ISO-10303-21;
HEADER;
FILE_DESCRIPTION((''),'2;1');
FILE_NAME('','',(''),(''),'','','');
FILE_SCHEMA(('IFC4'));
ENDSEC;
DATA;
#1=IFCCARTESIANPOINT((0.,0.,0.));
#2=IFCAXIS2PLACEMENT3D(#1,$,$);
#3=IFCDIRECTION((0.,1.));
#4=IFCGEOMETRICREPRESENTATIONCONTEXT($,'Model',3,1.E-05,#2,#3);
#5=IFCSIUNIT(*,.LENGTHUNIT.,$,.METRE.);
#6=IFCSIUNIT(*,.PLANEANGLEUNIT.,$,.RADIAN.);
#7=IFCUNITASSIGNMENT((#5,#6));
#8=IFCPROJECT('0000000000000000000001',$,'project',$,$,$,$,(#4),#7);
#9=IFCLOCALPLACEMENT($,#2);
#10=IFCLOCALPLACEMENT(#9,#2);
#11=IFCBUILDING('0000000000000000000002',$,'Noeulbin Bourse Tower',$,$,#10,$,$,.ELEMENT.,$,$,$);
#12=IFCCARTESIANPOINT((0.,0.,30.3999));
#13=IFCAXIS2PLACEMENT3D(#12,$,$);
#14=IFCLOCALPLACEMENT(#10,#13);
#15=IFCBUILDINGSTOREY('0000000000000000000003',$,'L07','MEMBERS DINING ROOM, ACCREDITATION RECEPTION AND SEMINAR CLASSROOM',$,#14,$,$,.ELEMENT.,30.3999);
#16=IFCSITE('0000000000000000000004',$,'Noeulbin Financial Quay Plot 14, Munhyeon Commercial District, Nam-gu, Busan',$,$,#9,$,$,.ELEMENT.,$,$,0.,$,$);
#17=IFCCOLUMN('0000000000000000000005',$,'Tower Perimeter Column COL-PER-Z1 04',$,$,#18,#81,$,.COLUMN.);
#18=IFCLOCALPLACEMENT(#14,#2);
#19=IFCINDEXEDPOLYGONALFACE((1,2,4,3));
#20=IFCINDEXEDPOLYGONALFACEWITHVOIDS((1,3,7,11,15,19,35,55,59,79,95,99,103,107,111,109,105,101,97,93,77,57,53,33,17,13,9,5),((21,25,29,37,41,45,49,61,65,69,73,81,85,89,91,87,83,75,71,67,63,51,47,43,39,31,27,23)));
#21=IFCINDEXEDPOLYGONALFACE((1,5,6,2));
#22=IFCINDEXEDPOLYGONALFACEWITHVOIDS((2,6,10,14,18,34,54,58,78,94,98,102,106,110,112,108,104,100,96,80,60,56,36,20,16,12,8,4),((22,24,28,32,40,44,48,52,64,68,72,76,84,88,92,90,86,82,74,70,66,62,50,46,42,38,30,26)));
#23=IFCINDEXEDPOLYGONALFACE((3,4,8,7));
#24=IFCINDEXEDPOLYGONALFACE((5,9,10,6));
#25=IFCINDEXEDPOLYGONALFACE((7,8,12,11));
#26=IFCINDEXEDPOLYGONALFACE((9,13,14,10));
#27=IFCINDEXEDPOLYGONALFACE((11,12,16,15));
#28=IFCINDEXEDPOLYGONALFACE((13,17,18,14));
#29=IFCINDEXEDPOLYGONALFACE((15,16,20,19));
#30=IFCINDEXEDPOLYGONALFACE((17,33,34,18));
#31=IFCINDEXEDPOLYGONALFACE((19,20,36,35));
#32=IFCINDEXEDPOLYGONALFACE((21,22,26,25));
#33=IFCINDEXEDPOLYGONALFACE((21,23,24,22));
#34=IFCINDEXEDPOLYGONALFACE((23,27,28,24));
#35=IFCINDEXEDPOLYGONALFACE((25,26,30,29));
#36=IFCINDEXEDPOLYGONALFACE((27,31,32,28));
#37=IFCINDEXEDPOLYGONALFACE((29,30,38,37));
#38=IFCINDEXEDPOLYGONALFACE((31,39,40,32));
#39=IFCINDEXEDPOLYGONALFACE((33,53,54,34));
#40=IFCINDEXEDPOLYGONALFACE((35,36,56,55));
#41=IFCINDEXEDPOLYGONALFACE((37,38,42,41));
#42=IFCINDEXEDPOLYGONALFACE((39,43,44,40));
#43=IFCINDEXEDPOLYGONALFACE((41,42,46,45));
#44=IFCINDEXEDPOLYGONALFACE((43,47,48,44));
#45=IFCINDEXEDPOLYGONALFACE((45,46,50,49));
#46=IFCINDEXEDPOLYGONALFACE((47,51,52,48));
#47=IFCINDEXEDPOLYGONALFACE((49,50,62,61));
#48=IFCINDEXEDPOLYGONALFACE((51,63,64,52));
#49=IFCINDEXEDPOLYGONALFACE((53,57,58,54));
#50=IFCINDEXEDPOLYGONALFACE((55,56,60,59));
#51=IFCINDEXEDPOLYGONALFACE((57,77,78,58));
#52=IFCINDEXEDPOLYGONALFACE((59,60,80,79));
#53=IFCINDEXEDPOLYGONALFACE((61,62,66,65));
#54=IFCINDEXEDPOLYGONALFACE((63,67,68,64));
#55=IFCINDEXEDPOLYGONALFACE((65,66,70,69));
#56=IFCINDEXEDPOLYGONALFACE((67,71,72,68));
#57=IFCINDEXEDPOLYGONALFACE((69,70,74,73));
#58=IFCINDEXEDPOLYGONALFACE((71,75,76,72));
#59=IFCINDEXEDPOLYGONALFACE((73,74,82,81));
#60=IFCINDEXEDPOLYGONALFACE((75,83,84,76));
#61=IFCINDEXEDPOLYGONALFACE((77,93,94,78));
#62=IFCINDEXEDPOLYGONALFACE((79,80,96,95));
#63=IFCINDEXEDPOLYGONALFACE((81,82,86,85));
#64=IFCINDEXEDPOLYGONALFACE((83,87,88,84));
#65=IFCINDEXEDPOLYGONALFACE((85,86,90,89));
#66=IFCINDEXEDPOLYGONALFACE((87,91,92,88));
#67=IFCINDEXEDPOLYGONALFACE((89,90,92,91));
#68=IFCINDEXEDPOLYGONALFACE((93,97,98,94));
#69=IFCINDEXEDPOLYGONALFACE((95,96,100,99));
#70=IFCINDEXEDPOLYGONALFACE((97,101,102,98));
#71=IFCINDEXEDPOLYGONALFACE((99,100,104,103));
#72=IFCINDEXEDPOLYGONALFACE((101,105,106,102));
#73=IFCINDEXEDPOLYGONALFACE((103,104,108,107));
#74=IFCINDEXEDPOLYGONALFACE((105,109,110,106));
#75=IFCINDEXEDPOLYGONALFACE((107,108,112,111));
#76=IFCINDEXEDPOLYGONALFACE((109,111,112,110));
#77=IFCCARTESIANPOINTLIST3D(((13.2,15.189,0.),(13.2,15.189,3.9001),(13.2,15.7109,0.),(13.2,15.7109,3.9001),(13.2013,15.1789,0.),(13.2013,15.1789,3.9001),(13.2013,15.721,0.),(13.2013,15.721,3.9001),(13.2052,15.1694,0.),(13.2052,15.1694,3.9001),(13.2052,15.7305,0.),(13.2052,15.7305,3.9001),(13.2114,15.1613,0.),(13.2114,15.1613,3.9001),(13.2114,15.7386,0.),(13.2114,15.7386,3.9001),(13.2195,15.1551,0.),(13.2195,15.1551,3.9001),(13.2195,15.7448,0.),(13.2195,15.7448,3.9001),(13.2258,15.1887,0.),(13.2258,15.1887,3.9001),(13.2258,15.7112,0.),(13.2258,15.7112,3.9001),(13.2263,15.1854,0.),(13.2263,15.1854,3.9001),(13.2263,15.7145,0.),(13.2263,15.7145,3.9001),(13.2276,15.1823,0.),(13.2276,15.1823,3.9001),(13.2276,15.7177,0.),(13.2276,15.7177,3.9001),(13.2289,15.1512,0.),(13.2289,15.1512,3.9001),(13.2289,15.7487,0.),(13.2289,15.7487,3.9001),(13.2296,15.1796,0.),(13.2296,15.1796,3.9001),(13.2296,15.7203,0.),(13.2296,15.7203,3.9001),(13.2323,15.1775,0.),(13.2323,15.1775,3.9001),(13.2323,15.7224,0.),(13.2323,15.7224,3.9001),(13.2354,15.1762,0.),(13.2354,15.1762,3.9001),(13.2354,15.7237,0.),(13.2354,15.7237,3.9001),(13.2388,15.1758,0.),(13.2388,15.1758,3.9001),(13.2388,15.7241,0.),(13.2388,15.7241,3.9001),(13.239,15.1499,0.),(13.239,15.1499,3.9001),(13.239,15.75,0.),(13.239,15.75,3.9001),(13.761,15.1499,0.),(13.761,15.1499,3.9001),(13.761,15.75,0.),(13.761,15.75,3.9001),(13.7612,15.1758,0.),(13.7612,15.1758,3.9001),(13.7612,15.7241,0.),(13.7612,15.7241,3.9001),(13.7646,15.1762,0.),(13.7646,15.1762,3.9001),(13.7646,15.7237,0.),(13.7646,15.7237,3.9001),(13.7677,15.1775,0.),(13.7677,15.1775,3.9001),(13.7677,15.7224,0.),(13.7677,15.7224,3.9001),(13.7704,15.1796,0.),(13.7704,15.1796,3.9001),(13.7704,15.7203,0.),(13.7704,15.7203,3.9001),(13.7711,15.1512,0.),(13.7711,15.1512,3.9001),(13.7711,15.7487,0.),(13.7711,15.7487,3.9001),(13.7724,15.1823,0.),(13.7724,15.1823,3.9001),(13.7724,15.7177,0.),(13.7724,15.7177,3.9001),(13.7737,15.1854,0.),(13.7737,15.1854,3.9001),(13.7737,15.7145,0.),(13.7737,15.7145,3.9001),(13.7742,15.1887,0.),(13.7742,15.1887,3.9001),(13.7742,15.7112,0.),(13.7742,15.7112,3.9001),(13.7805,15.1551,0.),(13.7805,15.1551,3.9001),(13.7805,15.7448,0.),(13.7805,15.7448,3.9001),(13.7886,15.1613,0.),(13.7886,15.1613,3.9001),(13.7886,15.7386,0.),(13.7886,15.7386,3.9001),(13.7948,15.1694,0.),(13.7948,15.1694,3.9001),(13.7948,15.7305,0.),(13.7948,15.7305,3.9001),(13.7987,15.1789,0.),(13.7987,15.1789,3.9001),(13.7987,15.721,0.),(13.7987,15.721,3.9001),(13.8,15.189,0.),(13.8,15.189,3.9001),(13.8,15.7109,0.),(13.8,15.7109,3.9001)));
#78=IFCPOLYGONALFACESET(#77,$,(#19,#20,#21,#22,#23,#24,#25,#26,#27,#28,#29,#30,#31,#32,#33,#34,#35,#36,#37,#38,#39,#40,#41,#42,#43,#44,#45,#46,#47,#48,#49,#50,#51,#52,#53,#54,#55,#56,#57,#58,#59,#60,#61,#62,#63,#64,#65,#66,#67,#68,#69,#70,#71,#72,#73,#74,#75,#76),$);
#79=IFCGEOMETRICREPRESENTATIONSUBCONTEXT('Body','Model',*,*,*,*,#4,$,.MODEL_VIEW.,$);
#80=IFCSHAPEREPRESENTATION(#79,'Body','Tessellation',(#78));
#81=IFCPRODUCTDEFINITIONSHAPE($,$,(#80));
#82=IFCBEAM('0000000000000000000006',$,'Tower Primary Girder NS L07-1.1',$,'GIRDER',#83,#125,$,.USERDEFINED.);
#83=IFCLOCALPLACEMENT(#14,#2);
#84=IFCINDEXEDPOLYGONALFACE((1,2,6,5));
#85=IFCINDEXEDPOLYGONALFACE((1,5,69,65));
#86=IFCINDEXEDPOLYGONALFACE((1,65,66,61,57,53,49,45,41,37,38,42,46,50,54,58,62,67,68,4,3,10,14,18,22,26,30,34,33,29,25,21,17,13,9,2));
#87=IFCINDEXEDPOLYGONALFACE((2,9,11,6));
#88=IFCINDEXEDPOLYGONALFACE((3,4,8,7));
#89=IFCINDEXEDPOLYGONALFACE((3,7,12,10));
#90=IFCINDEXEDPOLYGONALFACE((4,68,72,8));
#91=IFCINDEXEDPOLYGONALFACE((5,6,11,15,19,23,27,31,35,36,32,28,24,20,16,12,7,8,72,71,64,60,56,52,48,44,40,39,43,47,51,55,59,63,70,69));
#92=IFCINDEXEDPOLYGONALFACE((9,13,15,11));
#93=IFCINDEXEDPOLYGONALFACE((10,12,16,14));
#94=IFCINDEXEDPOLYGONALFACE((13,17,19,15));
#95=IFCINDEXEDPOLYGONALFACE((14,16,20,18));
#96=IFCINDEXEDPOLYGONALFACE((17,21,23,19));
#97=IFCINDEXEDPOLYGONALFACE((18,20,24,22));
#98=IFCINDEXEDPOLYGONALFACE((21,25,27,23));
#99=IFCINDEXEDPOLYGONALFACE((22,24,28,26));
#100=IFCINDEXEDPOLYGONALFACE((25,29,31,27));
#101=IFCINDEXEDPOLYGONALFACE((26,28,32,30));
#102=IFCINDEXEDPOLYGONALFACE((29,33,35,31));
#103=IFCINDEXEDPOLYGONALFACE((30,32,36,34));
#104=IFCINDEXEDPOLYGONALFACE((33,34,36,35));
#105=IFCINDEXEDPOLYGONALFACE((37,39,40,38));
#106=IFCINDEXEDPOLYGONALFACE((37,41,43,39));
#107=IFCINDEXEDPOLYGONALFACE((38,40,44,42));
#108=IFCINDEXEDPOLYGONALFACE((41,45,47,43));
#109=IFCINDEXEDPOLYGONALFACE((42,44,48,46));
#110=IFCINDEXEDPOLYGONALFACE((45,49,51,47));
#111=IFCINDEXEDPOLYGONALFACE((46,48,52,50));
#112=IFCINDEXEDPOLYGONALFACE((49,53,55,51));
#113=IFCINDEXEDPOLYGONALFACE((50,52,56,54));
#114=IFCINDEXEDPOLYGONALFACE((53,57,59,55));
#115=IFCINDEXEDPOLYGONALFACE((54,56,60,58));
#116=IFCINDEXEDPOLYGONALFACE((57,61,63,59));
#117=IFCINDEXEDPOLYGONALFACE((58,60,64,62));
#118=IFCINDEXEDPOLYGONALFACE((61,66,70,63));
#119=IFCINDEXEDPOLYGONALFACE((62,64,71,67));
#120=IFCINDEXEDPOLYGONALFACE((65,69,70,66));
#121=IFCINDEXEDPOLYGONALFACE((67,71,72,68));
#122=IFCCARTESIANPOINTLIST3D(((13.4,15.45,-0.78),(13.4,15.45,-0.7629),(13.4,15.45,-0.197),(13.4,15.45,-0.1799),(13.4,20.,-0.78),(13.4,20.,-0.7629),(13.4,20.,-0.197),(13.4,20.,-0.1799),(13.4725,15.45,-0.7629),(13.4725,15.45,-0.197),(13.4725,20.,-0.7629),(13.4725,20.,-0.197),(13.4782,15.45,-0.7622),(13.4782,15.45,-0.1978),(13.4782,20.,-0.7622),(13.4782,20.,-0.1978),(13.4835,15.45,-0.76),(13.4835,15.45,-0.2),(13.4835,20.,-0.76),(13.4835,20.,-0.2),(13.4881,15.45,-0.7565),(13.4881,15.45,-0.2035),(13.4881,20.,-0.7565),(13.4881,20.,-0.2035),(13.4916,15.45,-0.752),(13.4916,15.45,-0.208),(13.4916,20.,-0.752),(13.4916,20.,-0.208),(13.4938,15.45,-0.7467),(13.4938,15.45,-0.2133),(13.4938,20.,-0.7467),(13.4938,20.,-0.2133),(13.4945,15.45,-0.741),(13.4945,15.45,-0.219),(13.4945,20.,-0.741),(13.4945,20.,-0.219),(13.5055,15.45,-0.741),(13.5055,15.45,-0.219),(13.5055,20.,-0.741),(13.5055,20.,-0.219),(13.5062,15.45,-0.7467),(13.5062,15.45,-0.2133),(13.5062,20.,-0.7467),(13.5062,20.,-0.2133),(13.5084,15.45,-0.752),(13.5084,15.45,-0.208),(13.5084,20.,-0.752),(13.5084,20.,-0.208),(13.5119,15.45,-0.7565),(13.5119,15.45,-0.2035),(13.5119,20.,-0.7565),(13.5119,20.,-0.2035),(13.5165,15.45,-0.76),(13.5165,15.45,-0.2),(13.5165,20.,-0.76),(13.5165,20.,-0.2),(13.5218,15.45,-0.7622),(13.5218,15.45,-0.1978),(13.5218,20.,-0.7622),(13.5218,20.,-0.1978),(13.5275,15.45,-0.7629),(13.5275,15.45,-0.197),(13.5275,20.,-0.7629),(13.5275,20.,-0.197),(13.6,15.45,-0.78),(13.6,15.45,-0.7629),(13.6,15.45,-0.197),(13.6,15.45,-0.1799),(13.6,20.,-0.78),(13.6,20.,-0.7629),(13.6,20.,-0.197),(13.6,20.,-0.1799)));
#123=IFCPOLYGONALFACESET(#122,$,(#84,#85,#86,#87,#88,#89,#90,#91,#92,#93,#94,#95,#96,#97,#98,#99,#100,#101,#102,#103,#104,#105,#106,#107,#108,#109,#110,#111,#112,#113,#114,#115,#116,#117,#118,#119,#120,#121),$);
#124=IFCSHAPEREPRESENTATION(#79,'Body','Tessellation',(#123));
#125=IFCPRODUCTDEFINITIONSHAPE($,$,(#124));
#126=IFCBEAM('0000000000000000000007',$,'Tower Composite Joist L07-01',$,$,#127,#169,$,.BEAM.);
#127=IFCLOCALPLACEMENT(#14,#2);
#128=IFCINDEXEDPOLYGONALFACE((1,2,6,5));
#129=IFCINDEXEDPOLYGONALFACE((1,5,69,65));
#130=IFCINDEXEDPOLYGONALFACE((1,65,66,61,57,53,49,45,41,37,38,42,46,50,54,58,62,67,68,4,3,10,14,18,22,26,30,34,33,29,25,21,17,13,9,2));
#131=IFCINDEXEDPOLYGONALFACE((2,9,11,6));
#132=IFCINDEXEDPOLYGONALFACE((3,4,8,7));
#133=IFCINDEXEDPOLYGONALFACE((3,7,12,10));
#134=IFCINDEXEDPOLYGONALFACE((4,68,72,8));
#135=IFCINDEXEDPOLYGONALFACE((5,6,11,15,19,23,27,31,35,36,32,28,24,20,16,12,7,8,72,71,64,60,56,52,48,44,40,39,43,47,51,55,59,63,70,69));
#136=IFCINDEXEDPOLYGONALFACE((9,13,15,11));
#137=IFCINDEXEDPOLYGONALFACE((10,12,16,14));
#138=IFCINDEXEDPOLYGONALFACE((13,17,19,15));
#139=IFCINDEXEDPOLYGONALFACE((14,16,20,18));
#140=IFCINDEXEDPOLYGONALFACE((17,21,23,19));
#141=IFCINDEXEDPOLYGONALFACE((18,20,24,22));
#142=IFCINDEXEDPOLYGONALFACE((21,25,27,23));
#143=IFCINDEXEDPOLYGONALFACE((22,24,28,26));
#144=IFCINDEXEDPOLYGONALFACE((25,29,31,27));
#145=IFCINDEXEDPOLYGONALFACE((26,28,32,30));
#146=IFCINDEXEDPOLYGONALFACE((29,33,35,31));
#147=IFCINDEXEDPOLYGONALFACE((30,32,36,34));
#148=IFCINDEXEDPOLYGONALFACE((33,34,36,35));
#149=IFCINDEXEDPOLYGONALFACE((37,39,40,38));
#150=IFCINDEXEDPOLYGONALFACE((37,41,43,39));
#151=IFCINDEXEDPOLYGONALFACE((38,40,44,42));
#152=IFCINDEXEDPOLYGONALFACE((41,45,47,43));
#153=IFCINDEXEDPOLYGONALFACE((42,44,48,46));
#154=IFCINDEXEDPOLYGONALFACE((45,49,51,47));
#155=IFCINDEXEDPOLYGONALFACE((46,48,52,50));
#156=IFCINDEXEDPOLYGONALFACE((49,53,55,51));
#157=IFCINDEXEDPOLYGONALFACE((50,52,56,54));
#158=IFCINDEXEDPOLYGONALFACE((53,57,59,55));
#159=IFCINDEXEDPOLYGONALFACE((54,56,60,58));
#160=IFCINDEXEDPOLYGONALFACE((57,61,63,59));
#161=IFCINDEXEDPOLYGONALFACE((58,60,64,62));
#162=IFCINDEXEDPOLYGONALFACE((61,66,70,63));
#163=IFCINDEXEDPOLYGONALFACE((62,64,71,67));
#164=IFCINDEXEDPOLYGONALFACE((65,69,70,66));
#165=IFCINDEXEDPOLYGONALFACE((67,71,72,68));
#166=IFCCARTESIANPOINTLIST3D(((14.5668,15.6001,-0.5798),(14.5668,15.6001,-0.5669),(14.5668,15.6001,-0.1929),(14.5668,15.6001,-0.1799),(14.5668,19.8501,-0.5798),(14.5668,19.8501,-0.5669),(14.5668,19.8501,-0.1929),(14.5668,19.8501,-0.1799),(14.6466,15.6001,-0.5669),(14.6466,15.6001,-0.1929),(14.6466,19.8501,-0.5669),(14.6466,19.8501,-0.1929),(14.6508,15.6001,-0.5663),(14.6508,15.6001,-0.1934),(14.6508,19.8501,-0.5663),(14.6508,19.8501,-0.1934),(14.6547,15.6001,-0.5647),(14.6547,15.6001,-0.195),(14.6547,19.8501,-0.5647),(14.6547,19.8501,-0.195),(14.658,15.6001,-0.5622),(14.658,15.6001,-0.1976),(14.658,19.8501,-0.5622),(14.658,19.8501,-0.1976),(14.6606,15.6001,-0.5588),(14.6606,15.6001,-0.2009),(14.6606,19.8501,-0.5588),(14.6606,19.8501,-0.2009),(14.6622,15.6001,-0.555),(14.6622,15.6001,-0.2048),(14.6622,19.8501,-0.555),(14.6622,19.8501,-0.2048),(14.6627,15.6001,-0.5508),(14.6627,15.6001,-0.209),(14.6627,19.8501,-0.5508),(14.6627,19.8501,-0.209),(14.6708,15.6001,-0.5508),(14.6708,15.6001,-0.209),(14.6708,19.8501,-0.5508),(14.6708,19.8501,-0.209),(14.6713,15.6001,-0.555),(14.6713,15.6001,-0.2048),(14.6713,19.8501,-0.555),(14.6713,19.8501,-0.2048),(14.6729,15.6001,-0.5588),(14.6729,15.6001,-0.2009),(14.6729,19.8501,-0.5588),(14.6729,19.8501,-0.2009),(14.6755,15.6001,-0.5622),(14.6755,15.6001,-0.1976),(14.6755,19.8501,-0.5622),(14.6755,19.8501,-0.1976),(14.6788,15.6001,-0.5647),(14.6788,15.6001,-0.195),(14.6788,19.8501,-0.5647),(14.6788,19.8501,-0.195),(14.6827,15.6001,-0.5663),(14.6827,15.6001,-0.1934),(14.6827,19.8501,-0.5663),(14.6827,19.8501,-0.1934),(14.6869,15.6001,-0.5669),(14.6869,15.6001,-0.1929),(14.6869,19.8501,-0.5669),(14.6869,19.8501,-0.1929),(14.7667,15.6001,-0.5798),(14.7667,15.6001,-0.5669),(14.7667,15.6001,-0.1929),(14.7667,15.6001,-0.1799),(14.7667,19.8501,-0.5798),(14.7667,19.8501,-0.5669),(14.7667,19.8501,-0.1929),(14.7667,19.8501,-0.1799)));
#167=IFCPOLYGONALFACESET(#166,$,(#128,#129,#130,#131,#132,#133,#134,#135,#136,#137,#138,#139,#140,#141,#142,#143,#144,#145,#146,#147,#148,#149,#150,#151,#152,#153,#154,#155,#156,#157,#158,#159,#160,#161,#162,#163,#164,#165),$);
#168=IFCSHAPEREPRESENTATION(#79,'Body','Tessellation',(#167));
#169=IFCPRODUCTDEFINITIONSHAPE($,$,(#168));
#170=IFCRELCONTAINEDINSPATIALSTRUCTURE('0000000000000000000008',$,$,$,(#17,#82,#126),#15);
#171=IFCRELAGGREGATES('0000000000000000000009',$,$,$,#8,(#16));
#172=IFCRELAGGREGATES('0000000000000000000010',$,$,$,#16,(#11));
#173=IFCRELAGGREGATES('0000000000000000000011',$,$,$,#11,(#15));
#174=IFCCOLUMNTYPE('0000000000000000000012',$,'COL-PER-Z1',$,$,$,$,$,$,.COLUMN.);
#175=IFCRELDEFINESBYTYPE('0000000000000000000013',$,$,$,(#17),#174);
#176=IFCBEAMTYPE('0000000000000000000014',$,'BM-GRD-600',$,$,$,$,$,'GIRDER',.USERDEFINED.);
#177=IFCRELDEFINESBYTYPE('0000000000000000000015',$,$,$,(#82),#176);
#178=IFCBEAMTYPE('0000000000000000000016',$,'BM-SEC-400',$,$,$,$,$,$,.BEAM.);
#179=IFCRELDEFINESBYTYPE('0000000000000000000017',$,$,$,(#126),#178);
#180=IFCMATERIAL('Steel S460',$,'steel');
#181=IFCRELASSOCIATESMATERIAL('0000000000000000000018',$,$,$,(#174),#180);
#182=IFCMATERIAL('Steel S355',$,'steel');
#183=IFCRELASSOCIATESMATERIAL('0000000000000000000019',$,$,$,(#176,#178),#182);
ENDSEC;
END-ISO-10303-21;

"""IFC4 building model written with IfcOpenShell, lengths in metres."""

from ifc_helpers import new_model, si_unit, direction, frame, origin, origin_2d, place, context, subcontext, project, spatial, hollow_rectangle, i_section, extrude, material, material_profile, profile_set, type_object, element, save


model = new_model("IFC4")

# Units and contexts
model_context = context("Model", 3, precision=1e-05, world=origin(), true_north=direction((0.0, 1.0)))
body_context = subcontext(model_context, "Body", "Model", "MODEL_VIEW")
ifc_project = project(units=[si_unit("LENGTHUNIT", "METRE"), si_unit("PLANEANGLEUNIT", "RADIAN")], contexts=[model_context])

# Site, building, storey
site_placement = place(None, origin())
site = spatial("IfcSite", under=ifc_project, at=site_placement, Name="Noeulbin Financial Quay Plot 14, Munhyeon Commercial District, Nam-gu, Busan", CompositionType="ELEMENT", RefElevation=0.0)
building_placement = place(site_placement, origin())
building = spatial("IfcBuilding", under=site, at=building_placement, Name="Noeulbin Bourse Tower", CompositionType="ELEMENT")
storey_placement = place(building_placement, frame((0.0, 0.0, 30.3999)))
storey = spatial("IfcBuildingStorey", under=building, at=storey_placement, Name="L07", Description="MEMBERS DINING ROOM, ACCREDITATION RECEPTION AND SEMINAR CLASSROOM", CompositionType="ELEMENT", Elevation=30.3999)

# Column
ifc_material_1 = material(Name="Steel S460", Category="steel")
ifc_material_profile_1 = material_profile(ifc_material_1, hollow_rectangle(XDim=0.6001, YDim=0.6001, WallThickness=0.0259, InnerFilletRadius=0.0129, OuterFilletRadius=0.0391, at=origin_2d()), Name="BOX-600x600x26", Category="LoadBearing")
ifc_profile_set_1 = profile_set([ifc_material_profile_1], Name="Steel S460")
column_type = type_object("IfcColumnType", Name="COL-PER-Z1", PredefinedType="COLUMN", material=ifc_profile_set_1)
column_placement = place(storey_placement, frame((13.5, 15.45, 0.0), z_axis=(0.0, 0.0, 1.0), x_axis=(1.0, 0.0, 0.0)))
element("IfcColumn", 1, at=column_placement, inside=storey, type_object=column_type, Name="Tower Perimeter Column COL-PER-Z1 04", PredefinedType="COLUMN", context=body_context, shape_type="SweptSolid", body=[
    extrude(hollow_rectangle(XDim=0.6001, YDim=0.6001, WallThickness=0.0259, InnerFilletRadius=0.0129, OuterFilletRadius=0.0391, at=origin_2d()), origin(), (0.0, 0.0, 1.0), 3.9001),
])

# Beams
ifc_material_2 = material(Name="Steel S355", Category="steel")
ifc_material_profile_2 = material_profile(ifc_material_2, i_section(OverallWidth=0.2, OverallDepth=0.6001, WebThickness=0.011, FlangeThickness=0.0171, FilletRadius=0.022, at=origin_2d()), Name="H-600x200x11x17", Category="LoadBearing")
ifc_profile_set_2 = profile_set([ifc_material_profile_2], Name="Steel S355")
beam_type_1 = type_object("IfcBeamType", Name="BM-GRD-600", ElementType="GIRDER", PredefinedType="USERDEFINED", material=ifc_profile_set_2)
beam_1_placement = place(storey_placement, frame((13.5, 15.45, -0.48), z_axis=(0.0, 1.0, 0.0), x_axis=(-1.0, 0.0, 0.0)))
element("IfcBeam", 2, at=beam_1_placement, inside=storey, type_object=beam_type_1, Name="Tower Primary Girder NS L07-1.1", ObjectType="GIRDER", PredefinedType="USERDEFINED", context=body_context, shape_type="SweptSolid", body=[
    extrude(i_section(OverallWidth=0.2, OverallDepth=0.6001, WebThickness=0.011, FlangeThickness=0.0171, FilletRadius=0.022, at=origin_2d()), origin(), (0.0, 0.0, 1.0), 4.55),
])
ifc_material_profile_3 = material_profile(ifc_material_2, i_section(OverallWidth=0.2, OverallDepth=0.3999, WebThickness=0.0081, FlangeThickness=0.0129, FilletRadius=0.0161, at=origin_2d()), Name="H-400x200x8x13", Category="LoadBearing")
ifc_profile_set_3 = profile_set([ifc_material_profile_3], Name="Steel S355")
beam_type_2 = type_object("IfcBeamType", Name="BM-SEC-400", PredefinedType="BEAM", material=ifc_profile_set_3)
beam_2_placement = place(storey_placement, frame((14.6667, 15.6001, -0.3799), z_axis=(0.0, 1.0, 0.0), x_axis=(-1.0, 0.0, 0.0)))
element("IfcBeam", 3, at=beam_2_placement, inside=storey, type_object=beam_type_2, Name="Tower Composite Joist L07-01", PredefinedType="BEAM", context=body_context, shape_type="SweptSolid", body=[
    extrude(i_section(OverallWidth=0.2, OverallDepth=0.3999, WebThickness=0.0081, FlangeThickness=0.0129, FilletRadius=0.0161, at=origin_2d()), origin(), (0.0, 0.0, 1.0), 4.25),
])

save(model, "model.ifc")
